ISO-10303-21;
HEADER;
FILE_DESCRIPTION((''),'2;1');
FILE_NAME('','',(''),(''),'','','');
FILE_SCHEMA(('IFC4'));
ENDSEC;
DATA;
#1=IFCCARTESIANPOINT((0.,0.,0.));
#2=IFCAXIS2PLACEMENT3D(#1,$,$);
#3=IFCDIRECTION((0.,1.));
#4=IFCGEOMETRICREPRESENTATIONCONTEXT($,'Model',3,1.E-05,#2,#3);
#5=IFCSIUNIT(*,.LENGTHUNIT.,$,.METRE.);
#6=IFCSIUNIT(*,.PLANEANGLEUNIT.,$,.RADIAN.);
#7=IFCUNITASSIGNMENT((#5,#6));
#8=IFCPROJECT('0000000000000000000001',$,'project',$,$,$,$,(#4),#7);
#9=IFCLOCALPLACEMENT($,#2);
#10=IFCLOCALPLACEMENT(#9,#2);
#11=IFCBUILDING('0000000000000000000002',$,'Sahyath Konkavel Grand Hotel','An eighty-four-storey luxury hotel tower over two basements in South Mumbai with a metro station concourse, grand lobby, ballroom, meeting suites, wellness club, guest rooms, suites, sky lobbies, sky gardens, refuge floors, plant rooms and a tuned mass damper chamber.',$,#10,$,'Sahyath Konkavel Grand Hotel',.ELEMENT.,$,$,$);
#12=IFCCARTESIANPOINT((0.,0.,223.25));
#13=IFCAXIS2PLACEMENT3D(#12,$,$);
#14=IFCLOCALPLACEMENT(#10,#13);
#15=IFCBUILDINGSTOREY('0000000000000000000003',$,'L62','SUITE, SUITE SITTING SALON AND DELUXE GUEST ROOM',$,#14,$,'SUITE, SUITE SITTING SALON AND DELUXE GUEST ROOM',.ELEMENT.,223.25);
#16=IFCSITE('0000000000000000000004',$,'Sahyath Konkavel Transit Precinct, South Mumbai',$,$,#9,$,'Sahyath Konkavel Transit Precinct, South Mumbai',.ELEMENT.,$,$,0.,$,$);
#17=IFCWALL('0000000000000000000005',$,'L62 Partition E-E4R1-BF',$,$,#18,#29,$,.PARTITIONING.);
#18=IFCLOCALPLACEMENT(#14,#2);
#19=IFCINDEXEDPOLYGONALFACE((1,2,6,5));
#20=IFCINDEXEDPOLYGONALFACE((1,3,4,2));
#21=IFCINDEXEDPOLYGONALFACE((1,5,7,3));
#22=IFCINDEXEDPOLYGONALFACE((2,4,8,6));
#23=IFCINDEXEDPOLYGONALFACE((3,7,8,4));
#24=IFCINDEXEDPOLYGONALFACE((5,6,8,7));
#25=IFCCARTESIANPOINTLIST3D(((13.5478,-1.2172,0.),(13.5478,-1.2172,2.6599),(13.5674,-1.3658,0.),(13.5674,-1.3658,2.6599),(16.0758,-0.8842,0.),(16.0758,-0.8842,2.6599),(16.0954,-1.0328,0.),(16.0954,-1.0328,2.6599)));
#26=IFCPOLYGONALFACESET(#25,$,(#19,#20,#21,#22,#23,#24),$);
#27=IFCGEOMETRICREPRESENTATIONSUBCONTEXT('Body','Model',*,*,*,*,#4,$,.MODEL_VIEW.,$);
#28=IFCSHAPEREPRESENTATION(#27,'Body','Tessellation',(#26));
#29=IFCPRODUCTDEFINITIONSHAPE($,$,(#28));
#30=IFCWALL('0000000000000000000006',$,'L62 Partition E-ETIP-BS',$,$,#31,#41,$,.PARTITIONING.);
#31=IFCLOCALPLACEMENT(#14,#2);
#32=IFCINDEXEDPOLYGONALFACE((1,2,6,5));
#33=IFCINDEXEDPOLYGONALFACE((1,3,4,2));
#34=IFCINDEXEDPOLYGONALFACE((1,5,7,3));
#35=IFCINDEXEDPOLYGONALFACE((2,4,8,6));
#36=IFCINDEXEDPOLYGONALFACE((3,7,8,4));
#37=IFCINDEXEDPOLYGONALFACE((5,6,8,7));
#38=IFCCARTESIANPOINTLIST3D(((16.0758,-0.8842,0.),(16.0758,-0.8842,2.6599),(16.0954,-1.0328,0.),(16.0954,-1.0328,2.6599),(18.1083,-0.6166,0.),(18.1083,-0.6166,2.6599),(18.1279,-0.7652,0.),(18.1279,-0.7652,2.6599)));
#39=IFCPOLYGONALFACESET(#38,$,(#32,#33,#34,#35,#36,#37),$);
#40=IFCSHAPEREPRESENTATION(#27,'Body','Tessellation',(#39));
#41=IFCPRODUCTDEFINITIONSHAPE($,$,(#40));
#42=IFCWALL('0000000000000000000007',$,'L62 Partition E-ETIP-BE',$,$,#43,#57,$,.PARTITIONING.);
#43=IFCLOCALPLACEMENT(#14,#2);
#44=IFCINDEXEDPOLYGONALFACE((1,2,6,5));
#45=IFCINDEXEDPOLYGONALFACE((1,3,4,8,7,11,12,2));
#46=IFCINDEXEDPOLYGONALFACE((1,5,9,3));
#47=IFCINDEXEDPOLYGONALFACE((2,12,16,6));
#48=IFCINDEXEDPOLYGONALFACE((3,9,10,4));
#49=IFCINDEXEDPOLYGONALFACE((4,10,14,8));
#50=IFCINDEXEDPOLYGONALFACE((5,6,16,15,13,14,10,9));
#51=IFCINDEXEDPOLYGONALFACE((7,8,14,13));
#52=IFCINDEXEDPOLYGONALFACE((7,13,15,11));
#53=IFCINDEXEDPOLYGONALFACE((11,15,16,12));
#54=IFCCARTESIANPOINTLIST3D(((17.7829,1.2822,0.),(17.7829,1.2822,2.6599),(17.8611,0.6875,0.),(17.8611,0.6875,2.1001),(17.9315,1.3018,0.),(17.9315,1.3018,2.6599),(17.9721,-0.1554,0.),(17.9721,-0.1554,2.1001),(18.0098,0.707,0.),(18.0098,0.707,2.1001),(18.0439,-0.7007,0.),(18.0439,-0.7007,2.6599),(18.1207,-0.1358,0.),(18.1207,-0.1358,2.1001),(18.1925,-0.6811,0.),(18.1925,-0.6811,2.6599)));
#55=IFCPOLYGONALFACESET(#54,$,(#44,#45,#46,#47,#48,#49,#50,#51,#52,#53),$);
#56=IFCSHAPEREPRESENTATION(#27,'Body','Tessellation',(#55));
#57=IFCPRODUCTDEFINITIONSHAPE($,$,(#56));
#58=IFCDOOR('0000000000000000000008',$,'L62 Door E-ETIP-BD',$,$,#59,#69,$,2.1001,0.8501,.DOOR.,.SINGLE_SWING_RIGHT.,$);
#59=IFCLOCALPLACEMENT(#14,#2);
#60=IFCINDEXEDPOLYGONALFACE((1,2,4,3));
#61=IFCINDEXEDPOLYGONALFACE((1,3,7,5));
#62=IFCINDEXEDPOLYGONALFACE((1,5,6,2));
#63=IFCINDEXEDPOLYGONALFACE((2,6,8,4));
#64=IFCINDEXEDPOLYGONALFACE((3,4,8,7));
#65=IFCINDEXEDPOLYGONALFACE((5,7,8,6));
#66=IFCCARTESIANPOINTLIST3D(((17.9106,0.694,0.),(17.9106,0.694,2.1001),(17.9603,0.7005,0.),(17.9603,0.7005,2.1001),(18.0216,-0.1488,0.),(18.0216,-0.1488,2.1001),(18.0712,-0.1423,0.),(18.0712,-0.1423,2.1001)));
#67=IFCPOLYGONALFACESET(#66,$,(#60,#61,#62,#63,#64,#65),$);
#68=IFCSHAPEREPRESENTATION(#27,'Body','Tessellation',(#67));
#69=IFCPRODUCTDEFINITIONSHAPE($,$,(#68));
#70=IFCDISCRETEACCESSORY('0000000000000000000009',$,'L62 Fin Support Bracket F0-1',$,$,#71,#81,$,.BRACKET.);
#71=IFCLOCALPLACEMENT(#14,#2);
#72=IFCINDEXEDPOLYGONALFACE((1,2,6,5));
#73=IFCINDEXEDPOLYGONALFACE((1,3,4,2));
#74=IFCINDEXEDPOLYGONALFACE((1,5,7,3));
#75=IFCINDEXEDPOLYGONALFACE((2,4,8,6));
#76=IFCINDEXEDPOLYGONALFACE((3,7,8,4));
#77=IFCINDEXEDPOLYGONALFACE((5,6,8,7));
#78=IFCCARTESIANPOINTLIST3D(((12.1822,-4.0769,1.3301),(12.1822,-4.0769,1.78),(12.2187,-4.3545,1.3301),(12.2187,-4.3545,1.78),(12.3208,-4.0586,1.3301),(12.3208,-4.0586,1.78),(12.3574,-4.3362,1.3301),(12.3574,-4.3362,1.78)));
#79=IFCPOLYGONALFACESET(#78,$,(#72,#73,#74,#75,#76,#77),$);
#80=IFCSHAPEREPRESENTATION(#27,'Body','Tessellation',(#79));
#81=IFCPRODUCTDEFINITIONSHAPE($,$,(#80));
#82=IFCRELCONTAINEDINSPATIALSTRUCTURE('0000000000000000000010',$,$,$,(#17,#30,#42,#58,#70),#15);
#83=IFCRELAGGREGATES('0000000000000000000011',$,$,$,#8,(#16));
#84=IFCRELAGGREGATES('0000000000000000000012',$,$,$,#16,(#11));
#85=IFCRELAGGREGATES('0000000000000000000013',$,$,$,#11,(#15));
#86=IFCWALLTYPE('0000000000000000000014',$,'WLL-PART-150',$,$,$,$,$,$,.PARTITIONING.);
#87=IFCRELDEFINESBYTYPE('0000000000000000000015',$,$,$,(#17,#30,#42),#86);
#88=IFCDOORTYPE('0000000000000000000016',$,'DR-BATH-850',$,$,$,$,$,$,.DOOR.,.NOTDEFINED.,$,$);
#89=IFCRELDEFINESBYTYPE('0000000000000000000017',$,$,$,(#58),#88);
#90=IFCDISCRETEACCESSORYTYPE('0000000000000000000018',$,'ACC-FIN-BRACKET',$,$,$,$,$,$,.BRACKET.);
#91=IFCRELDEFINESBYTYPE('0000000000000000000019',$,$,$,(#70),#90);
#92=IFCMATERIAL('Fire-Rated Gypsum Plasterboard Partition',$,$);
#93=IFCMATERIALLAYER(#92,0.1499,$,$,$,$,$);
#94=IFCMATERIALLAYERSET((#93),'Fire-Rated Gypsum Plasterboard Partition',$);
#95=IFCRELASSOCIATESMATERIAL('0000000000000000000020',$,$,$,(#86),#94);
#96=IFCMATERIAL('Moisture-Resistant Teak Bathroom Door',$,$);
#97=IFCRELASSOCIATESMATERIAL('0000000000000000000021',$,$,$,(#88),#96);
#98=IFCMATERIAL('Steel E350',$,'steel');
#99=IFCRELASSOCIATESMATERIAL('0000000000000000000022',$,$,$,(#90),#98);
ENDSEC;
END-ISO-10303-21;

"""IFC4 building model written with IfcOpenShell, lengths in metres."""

from ifc_helpers import new_model, si_unit, direction, frame, frame_2d, origin, origin_2d, place, context, subcontext, project, spatial, rectangle, extrude, source, transform, mapped, material, layer, layer_set, type_object, element, fill, save


model = new_model("IFC4")

# Units and contexts
model_context = context("Model", 3, precision=1e-05, world=origin(), true_north=direction((0.0, 1.0)))
body_context = subcontext(model_context, "Body", "Model", "MODEL_VIEW")
ifc_project = project(units=[si_unit("LENGTHUNIT", "METRE"), si_unit("PLANEANGLEUNIT", "RADIAN")], contexts=[model_context])

# Site, building, storey
site_placement = place(None, origin())
site = spatial("IfcSite", under=ifc_project, at=site_placement, Name="Sahyath Konkavel Transit Precinct, South Mumbai", LongName="Sahyath Konkavel Transit Precinct, South Mumbai", CompositionType="ELEMENT", RefElevation=0.0)
building_placement = place(site_placement, origin())
building = spatial("IfcBuilding", under=site, at=building_placement, Name="Sahyath Konkavel Grand Hotel", Description="An eighty-four-storey luxury hotel tower over two basements in South Mumbai with a metro station concourse, grand lobby, ballroom, meeting suites, wellness club, guest rooms, suites, sky lobbies, sky gardens, refuge floors, plant rooms and a tuned mass damper chamber.", LongName="Sahyath Konkavel Grand Hotel", CompositionType="ELEMENT")
storey_placement = place(building_placement, frame((0.0, 0.0, 223.25)))
storey = spatial("IfcBuildingStorey", under=building, at=storey_placement, Name="L62", Description="SUITE, SUITE SITTING SALON AND DELUXE GUEST ROOM", LongName="SUITE, SUITE SITTING SALON AND DELUXE GUEST ROOM", CompositionType="ELEMENT", Elevation=223.25)

# Shared definitions
ifc_material_1 = material(Name="Steel E350", Category="steel")

# Shared definitions
shared_shape_1 = source(origin(), body_context, "Body", "SweptSolid", [
    extrude(rectangle(XDim=0.8501, YDim=0.05, at=origin_2d()), origin(), (0.0, 0.0, 1.0), 2.1001),
])

# Walls
ifc_material_2 = material(Name="Fire-Rated Gypsum Plasterboard Partition")
ifc_layer_1 = layer(ifc_material_2, 0.1499)
ifc_layer_set_1 = layer_set([ifc_layer_1], Name="Fire-Rated Gypsum Plasterboard Partition")
wall_type_1 = type_object("IfcWallType", Name="WLL-PART-150", PredefinedType="PARTITIONING", material=ifc_layer_set_1)
wall_1_placement = place(storey_placement, frame((13.5576, -1.2915, 0.0), z_axis=(0.0, 0.0, 1.0), x_axis=(0.991436, 0.130596, 0.0)))
element("IfcWall", 1, at=wall_1_placement, inside=storey, type_object=wall_type_1, Name="L62 Partition E-E4R1-BF", PredefinedType="PARTITIONING", context=body_context, shape_type="SweptSolid", body=[
    extrude(rectangle(XDim=2.5498, YDim=0.1499, at=frame_2d((1.2749, 0.0))), origin(), (0.0, 0.0, 1.0), 2.6599),
])
wall_2_placement = place(storey_placement, frame((16.0857, -0.9585, 0.0), z_axis=(0.0, 0.0, 1.0), x_axis=(0.991445, 0.130525, 0.0)))
element("IfcWall", 2, at=wall_2_placement, inside=storey, type_object=wall_type_1, Name="L62 Partition E-ETIP-BS", PredefinedType="PARTITIONING", context=body_context, shape_type="SweptSolid", body=[
    extrude(rectangle(XDim=2.05, YDim=0.1499, at=frame_2d((1.0249, 0.0))), origin(), (0.0, 0.0, 1.0), 2.6599),
])

# Wall, opening, door
wall_3_placement = place(storey_placement, frame((18.1182, -0.6909, 0.0), z_axis=(0.0, 0.0, 1.0), x_axis=(-0.130492, 0.991449, 0.0)))
wall_3 = element("IfcWall", 3, at=wall_3_placement, inside=storey, type_object=wall_type_1, Name="L62 Partition E-ETIP-BE", PredefinedType="PARTITIONING", context=body_context, shape_type="SweptSolid", body=[
    extrude(rectangle(XDim=2.0, YDim=0.1499, at=frame_2d((1.0, 0.0))), origin(), (0.0, 0.0, 1.0), 2.6599),
])
opening_1_placement = place(wall_3_placement, frame((0.55, 0.0, 0.0)))
opening_1 = element("IfcOpeningElement", 4, at=opening_1_placement, cuts=wall_3, PredefinedType="OPENING", context=body_context, shape_type="SweptSolid", body=[
    extrude(rectangle(XDim=0.8501, YDim=2.1001, at=frame_2d((0.425, 1.05))), frame((0.0, 0.085, 0.0), z_axis=(0.0, -1.0, 0.0), x_axis=(1.0, 0.0, 0.0)), (0.0, 0.0, 1.0), 0.1699),
])
ifc_material_3 = material(Name="Moisture-Resistant Teak Bathroom Door")
door_type_1 = type_object("IfcDoorType", Name="DR-BATH-850", OperationType="NOTDEFINED", PredefinedType="DOOR", material=ifc_material_3)
door_1_placement = place(opening_1_placement, frame((0.425, 0.0, 0.0)))
door_1 = element("IfcDoor", 5, at=door_1_placement, inside=storey, type_object=door_type_1, Name="L62 Door E-ETIP-BD", OperationType="SINGLE_SWING_RIGHT", OverallHeight=2.1001, OverallWidth=0.8501, PredefinedType="DOOR", context=body_context, shape_type="MappedRepresentation", body=[
    mapped(shared_shape_1, transform((0.0, 0.0, 0.0), scale=1.0)),
])
fill(opening_1, door_1)

# Discrete accessory
discrete_accessory_type = type_object("IfcDiscreteAccessoryType", Name="ACC-FIN-BRACKET", PredefinedType="BRACKET", material=ifc_material_1)
shared_shape_2 = source(origin(), body_context, "Body", "SweptSolid", [
    extrude(rectangle(XDim=0.28, YDim=0.1399, at=origin_2d()), origin(), (0.0, 0.0, 1.0), 0.45),
])
discrete_accessory_placement = place(storey_placement, frame((12.2698, -4.2065, 1.3301), z_axis=(0.0, 0.0, 1.0), x_axis=(0.130526, -0.991445, 0.0)))
element("IfcDiscreteAccessory", 6, at=discrete_accessory_placement, inside=storey, type_object=discrete_accessory_type, Name="L62 Fin Support Bracket F0-1", PredefinedType="BRACKET", context=body_context, shape_type="MappedRepresentation", body=[
    mapped(shared_shape_2, transform((0.0, 0.0, 0.0), scale=1.0)),
])

save(model, "model.ifc")
